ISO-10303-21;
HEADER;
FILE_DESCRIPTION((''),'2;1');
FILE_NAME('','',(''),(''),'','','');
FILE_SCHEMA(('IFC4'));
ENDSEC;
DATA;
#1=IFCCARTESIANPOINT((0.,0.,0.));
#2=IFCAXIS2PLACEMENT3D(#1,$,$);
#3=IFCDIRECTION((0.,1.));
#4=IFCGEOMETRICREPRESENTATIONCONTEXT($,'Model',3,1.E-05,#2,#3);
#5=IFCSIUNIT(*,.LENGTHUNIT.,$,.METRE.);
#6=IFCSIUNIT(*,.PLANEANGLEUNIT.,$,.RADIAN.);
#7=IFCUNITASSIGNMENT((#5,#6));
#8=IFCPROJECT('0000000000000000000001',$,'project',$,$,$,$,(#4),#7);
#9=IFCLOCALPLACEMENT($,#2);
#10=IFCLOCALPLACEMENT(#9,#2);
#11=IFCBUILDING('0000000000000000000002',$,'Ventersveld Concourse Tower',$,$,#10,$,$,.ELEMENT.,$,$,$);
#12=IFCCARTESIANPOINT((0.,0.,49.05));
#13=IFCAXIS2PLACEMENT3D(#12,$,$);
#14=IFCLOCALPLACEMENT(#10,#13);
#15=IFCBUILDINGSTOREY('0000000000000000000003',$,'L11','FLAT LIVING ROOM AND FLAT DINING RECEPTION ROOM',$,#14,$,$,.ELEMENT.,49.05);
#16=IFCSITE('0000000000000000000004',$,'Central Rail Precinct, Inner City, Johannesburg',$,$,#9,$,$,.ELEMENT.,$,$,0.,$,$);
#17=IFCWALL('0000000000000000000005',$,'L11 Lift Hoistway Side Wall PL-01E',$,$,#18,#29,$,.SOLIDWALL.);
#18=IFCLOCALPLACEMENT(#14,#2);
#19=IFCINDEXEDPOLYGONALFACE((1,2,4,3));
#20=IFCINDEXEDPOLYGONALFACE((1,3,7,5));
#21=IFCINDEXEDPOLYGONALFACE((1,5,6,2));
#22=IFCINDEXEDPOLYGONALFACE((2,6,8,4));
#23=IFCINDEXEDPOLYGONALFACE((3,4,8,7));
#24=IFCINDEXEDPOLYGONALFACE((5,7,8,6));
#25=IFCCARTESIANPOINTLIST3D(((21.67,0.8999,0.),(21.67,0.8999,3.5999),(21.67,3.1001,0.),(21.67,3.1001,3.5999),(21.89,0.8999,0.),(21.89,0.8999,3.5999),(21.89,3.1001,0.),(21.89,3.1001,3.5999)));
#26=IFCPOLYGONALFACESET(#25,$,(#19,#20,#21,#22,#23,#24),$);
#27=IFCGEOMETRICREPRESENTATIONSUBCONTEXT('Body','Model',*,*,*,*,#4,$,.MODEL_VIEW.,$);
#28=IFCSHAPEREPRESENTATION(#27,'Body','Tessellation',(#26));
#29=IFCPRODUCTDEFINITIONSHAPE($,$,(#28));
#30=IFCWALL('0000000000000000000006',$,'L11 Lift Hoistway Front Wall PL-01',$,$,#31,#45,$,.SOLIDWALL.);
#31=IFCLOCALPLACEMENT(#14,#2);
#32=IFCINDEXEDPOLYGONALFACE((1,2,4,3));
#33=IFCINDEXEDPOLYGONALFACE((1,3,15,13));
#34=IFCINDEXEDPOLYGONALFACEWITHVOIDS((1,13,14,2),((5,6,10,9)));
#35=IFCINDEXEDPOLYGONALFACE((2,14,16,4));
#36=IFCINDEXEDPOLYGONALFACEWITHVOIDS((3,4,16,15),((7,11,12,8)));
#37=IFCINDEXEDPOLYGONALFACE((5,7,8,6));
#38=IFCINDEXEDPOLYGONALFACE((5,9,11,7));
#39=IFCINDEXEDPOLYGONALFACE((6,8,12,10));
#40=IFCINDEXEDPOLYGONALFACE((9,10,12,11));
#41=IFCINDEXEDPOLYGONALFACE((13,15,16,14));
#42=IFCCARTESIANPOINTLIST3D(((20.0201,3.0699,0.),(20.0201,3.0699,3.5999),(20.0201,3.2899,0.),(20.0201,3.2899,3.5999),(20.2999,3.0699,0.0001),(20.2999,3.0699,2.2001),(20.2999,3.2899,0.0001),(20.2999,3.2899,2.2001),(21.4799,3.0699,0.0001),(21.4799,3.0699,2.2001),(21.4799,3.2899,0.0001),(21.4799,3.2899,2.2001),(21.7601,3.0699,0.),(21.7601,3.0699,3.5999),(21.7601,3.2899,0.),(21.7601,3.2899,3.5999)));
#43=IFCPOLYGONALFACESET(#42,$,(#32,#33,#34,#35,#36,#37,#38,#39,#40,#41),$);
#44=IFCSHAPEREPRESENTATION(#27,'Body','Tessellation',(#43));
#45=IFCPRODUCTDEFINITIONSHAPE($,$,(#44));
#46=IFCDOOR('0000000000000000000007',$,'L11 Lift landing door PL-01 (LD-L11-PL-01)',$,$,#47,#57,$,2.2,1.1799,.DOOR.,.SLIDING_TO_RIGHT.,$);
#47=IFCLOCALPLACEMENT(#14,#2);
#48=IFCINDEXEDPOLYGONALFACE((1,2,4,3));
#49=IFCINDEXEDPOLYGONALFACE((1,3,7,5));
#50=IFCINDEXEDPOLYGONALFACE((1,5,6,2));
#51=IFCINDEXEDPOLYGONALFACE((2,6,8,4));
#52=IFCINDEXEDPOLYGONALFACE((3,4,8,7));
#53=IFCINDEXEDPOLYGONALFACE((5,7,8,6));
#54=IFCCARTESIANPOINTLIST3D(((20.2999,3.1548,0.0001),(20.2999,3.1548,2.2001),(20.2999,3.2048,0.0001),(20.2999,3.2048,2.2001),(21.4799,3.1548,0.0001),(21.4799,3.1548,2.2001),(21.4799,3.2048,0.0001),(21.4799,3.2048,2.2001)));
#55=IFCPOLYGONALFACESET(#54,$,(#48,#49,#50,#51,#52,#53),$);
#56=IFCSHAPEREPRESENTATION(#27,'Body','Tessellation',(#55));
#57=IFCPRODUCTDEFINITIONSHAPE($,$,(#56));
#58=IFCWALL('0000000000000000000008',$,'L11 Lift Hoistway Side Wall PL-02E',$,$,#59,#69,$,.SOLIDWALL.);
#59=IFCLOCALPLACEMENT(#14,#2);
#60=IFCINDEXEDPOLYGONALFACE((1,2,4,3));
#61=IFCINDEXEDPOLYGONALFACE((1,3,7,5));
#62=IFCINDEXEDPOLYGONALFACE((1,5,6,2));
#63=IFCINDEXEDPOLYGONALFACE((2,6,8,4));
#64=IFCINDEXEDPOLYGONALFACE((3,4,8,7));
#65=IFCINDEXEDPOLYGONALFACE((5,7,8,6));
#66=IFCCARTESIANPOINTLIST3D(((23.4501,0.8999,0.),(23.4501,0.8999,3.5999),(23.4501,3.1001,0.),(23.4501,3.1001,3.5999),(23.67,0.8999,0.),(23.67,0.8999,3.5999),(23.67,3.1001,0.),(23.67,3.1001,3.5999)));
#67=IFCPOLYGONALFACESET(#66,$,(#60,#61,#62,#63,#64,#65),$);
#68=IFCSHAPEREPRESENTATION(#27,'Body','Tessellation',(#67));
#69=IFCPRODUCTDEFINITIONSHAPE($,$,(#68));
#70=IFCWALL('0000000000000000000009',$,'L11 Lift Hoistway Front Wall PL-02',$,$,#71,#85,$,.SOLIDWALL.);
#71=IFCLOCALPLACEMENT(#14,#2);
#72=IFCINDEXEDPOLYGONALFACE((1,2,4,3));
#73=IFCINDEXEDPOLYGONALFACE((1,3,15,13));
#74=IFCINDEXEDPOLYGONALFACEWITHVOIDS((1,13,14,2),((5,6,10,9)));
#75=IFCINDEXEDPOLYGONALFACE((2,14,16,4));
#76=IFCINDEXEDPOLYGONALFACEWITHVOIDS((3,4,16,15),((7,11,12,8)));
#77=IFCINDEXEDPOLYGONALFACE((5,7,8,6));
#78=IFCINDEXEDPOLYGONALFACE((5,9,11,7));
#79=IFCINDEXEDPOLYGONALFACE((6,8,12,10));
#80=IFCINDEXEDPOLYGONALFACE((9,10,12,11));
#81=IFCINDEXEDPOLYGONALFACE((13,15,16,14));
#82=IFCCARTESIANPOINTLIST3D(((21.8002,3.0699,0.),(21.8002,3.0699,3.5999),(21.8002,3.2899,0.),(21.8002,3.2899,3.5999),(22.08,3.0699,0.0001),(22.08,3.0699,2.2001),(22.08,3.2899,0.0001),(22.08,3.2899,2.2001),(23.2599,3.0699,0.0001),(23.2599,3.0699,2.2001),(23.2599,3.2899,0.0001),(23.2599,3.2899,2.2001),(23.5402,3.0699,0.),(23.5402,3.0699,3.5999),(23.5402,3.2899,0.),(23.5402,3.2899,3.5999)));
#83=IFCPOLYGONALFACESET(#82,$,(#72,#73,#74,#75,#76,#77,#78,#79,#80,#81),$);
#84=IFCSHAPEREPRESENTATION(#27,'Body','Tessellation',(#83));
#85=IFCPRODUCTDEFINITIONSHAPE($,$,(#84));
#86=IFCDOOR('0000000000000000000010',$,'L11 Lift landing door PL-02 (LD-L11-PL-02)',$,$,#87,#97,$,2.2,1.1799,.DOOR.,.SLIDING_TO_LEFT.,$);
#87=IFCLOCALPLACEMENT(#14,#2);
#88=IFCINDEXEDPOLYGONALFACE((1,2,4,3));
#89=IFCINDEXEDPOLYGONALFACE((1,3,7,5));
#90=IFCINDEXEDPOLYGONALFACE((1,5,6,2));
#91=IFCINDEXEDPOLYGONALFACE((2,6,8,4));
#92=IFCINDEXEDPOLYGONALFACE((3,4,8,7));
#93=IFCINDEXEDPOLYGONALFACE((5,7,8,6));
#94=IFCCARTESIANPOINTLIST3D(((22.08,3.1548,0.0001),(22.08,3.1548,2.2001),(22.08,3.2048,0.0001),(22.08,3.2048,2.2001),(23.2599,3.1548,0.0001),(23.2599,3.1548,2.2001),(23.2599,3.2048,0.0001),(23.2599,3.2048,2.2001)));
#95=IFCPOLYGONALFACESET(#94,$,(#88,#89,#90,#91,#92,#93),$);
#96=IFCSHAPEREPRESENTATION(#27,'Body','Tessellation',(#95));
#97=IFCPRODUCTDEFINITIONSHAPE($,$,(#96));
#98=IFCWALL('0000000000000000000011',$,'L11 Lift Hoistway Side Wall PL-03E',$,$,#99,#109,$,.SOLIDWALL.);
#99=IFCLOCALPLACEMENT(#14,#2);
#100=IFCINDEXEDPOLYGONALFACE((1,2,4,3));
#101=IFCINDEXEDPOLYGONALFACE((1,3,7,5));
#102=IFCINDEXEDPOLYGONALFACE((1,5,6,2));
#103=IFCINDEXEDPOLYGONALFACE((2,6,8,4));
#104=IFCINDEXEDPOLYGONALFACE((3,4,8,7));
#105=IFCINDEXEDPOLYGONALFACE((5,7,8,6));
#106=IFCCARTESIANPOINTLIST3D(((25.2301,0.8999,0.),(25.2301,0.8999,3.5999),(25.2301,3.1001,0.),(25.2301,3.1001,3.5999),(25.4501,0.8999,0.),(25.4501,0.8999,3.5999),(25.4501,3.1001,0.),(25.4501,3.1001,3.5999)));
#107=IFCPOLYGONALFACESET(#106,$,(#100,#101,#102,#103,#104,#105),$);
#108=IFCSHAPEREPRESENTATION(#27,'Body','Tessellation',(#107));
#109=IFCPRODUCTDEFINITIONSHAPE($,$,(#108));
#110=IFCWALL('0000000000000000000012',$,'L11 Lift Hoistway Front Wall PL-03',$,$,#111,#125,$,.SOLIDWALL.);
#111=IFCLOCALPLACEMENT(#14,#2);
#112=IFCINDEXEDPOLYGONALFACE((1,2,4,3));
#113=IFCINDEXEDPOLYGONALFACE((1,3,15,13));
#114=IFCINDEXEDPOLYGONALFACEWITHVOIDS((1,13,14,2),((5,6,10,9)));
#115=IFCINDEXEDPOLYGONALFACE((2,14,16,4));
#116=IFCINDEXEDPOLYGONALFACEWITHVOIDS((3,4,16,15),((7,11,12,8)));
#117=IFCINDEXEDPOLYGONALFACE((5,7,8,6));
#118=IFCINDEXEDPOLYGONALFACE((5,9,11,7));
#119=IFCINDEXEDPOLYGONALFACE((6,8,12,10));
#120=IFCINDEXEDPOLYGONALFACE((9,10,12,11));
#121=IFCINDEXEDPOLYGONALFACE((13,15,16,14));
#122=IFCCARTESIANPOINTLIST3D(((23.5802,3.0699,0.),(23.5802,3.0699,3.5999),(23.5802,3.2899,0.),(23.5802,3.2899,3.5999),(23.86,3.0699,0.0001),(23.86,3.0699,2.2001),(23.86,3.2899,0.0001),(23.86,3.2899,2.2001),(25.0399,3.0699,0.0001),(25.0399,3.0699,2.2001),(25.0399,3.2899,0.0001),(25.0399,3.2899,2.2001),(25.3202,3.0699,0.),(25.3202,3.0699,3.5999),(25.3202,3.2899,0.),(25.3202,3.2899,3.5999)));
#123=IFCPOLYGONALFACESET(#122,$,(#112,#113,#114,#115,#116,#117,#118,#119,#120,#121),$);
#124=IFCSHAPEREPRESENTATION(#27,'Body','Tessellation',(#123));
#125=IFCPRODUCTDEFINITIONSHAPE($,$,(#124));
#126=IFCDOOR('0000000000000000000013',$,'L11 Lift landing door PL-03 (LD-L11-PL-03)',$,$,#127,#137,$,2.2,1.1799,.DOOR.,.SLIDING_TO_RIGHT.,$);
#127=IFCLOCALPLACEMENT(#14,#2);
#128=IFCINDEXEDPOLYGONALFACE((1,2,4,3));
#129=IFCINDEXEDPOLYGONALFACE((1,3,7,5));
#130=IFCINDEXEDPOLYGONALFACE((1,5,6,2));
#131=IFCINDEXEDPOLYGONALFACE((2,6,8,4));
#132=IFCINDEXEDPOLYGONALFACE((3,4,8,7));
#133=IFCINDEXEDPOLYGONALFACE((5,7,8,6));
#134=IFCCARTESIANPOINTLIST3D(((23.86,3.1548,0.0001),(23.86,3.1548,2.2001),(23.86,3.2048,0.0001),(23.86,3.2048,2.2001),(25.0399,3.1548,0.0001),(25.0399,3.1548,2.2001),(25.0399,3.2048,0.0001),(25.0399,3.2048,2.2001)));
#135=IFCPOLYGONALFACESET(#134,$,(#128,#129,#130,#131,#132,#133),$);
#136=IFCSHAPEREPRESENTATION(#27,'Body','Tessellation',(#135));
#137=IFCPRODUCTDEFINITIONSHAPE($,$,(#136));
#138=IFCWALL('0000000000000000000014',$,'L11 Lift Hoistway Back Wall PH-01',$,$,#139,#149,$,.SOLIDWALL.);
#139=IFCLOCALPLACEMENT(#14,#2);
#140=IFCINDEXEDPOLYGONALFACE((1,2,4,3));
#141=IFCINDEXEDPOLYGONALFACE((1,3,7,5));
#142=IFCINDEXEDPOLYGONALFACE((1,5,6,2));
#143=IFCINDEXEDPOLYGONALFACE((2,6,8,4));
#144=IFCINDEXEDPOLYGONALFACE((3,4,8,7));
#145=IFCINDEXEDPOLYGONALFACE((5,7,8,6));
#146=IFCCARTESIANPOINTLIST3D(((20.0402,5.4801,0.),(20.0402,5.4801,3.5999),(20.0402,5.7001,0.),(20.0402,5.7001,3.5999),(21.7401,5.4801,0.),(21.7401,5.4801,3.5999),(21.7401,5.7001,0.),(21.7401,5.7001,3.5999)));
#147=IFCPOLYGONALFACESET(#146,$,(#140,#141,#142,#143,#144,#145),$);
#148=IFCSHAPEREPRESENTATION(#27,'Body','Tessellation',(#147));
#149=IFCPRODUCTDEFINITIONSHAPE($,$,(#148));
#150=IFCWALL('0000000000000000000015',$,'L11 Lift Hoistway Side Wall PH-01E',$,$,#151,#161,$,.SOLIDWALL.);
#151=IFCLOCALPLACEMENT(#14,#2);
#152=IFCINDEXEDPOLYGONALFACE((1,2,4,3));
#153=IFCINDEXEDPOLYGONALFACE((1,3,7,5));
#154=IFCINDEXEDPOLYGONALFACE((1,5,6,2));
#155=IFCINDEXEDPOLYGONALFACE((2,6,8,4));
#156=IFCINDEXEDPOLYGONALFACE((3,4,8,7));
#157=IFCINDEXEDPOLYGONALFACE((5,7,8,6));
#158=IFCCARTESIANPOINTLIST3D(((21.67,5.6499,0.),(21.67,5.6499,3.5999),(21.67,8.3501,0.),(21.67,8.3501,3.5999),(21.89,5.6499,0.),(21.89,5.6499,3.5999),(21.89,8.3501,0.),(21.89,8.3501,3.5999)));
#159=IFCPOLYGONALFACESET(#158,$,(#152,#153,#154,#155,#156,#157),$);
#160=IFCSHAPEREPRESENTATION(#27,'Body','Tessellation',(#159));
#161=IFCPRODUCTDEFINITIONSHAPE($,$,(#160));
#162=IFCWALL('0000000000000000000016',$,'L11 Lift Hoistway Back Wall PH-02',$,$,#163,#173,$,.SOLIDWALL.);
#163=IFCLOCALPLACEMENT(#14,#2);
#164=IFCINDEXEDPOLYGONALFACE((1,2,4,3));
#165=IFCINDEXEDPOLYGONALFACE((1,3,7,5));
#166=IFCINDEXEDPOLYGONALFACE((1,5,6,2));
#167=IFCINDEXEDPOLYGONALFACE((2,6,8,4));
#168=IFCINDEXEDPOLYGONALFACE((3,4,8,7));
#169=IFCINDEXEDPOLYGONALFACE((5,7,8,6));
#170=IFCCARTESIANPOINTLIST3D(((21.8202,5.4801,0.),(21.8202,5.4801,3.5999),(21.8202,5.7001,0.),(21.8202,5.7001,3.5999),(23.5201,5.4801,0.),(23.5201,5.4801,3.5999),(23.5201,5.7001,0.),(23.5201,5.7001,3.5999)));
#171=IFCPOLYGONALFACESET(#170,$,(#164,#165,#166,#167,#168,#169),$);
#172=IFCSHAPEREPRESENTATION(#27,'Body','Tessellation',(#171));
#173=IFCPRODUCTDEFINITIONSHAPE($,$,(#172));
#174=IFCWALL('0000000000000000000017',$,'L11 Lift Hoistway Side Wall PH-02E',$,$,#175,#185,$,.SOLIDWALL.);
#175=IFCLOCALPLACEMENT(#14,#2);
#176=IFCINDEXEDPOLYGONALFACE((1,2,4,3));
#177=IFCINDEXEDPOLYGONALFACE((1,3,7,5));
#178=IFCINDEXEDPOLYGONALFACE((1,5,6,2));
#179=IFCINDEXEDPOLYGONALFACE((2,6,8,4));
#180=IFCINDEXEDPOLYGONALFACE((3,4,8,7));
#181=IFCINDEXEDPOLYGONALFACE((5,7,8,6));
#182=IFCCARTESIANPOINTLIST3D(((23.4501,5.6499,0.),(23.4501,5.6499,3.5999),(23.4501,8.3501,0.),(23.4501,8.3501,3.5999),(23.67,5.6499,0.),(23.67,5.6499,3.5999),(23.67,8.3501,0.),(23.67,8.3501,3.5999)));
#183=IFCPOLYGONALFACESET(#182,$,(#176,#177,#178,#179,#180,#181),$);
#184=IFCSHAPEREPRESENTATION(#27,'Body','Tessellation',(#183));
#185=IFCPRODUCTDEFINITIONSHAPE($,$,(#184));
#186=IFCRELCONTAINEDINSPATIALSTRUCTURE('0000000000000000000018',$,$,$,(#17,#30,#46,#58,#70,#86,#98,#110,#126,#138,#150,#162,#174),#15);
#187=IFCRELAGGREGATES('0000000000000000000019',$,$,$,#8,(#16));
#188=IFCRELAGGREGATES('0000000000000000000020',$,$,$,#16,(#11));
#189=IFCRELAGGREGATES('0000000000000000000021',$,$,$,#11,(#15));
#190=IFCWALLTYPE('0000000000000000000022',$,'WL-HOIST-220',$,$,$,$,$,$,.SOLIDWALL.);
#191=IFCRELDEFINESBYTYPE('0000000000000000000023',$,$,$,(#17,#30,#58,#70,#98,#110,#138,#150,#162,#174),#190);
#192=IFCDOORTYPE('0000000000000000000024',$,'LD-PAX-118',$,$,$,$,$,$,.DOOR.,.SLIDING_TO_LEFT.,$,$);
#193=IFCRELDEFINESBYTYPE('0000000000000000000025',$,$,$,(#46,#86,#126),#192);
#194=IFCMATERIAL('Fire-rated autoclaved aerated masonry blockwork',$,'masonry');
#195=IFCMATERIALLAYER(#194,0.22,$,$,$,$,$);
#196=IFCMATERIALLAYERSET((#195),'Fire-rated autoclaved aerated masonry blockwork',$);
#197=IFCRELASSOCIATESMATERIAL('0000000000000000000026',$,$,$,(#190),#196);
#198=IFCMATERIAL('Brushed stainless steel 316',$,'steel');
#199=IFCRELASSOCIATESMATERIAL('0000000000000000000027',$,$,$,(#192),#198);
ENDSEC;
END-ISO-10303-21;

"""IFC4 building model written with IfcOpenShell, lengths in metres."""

from ifc_helpers import new_model, si_unit, direction, frame, frame_2d, origin, place, context, subcontext, project, spatial, rectangle, extrude, material, layer, layer_set, type_object, element, fill, save


model = new_model("IFC4")

# Units and contexts
model_context = context("Model", 3, precision=1e-05, world=origin(), true_north=direction((0.0, 1.0)))
body_context = subcontext(model_context, "Body", "Model", "MODEL_VIEW")
ifc_project = project(units=[si_unit("LENGTHUNIT", "METRE"), si_unit("PLANEANGLEUNIT", "RADIAN")], contexts=[model_context])

# Site, building, storey
site_placement = place(None, origin())
site = spatial("IfcSite", under=ifc_project, at=site_placement, Name="Central Rail Precinct, Inner City, Johannesburg", CompositionType="ELEMENT", RefElevation=0.0)
building_placement = place(site_placement, origin())
building = spatial("IfcBuilding", under=site, at=building_placement, Name="Ventersveld Concourse Tower", CompositionType="ELEMENT")
storey_placement = place(building_placement, frame((0.0, 0.0, 49.05)))
storey = spatial("IfcBuildingStorey", under=building, at=storey_placement, Name="L11", Description="FLAT LIVING ROOM AND FLAT DINING RECEPTION ROOM", CompositionType="ELEMENT", Elevation=49.05)

# Wall
ifc_material_1 = material(Name="Fire-rated autoclaved aerated masonry blockwork", Category="masonry")
ifc_layer_1 = layer(ifc_material_1, 0.22)
ifc_layer_set_1 = layer_set([ifc_layer_1], Name="Fire-rated autoclaved aerated masonry blockwork")
wall_type_1 = type_object("IfcWallType", Name="WL-HOIST-220", PredefinedType="SOLIDWALL", material=ifc_layer_set_1)
wall_1_placement = place(storey_placement, frame((21.78, 0.8999, 0.0), z_axis=(0.0, 0.0, 1.0), x_axis=(0.0, 1.0, 0.0)))
element("IfcWall", 1, at=wall_1_placement, inside=storey, type_object=wall_type_1, Name="L11 Lift Hoistway Side Wall PL-01E", PredefinedType="SOLIDWALL", context=body_context, shape_type="SweptSolid", body=[
    extrude(rectangle(XDim=2.2002, YDim=0.22, at=frame_2d((1.1001, 0.0))), origin(), (0.0, 0.0, 1.0), 3.5999),
])

# Wall, opening, door
wall_2_placement = place(storey_placement, frame((20.02, 3.1799, 0.0), z_axis=(0.0, 0.0, 1.0), x_axis=(1.0, 0.0, 0.0)))
wall_2 = element("IfcWall", 2, at=wall_2_placement, inside=storey, type_object=wall_type_1, Name="L11 Lift Hoistway Front Wall PL-01", PredefinedType="SOLIDWALL", context=body_context, shape_type="SweptSolid", body=[
    extrude(rectangle(XDim=1.74, YDim=0.22, at=frame_2d((0.8701, 0.0))), origin(), (0.0, 0.0, 1.0), 3.5999),
])
opening_1_placement = place(wall_2_placement, frame((0.28, 0.0, 0.0)))
opening_1 = element("IfcOpeningElement", 3, at=opening_1_placement, cuts=wall_2, PredefinedType="OPENING", context=body_context, shape_type="SweptSolid", body=[
    extrude(rectangle(XDim=1.1799, YDim=2.2, at=frame_2d((0.5898, 1.1001))), frame((0.0, 0.1201, 0.0), z_axis=(0.0, -1.0, 0.0), x_axis=(1.0, 0.0, 0.0)), (0.0, 0.0, 1.0), 0.24),
])
ifc_material_2 = material(Name="Brushed stainless steel 316", Category="steel")
door_type = type_object("IfcDoorType", Name="LD-PAX-118", OperationType="SLIDING_TO_LEFT", PredefinedType="DOOR", material=ifc_material_2)
door_1_placement = place(opening_1_placement, origin())
door_1 = element("IfcDoor", 4, at=door_1_placement, inside=storey, type_object=door_type, Name="L11 Lift landing door PL-01 (LD-L11-PL-01)", OperationType="SLIDING_TO_RIGHT", OverallHeight=2.2, OverallWidth=1.1799, PredefinedType="DOOR", context=body_context, shape_type="SweptSolid", body=[
    extrude(rectangle(XDim=1.1799, YDim=2.2, at=frame_2d((0.5898, 1.1001))), frame((0.0, 0.0249, 0.0), z_axis=(0.0, -1.0, 0.0), x_axis=(1.0, 0.0, 0.0)), (0.0, 0.0, 1.0), 0.05),
])
fill(opening_1, door_1)

# Wall
wall_3_placement = place(storey_placement, frame((23.5601, 0.8999, 0.0), z_axis=(0.0, 0.0, 1.0), x_axis=(0.0, 1.0, 0.0)))
element("IfcWall", 5, at=wall_3_placement, inside=storey, type_object=wall_type_1, Name="L11 Lift Hoistway Side Wall PL-02E", PredefinedType="SOLIDWALL", context=body_context, shape_type="SweptSolid", body=[
    extrude(rectangle(XDim=2.2002, YDim=0.22, at=frame_2d((1.1001, 0.0))), origin(), (0.0, 0.0, 1.0), 3.5999),
])

# Wall, opening, door
wall_4_placement = place(storey_placement, frame((21.8, 3.1799, 0.0), z_axis=(0.0, 0.0, 1.0), x_axis=(1.0, 0.0, 0.0)))
wall_4 = element("IfcWall", 6, at=wall_4_placement, inside=storey, type_object=wall_type_1, Name="L11 Lift Hoistway Front Wall PL-02", PredefinedType="SOLIDWALL", context=body_context, shape_type="SweptSolid", body=[
    extrude(rectangle(XDim=1.74, YDim=0.22, at=frame_2d((0.8701, 0.0))), origin(), (0.0, 0.0, 1.0), 3.5999),
])
opening_2_placement = place(wall_4_placement, frame((0.28, 0.0, 0.0)))
opening_2 = element("IfcOpeningElement", 7, at=opening_2_placement, cuts=wall_4, PredefinedType="OPENING", context=body_context, shape_type="SweptSolid", body=[
    extrude(rectangle(XDim=1.1799, YDim=2.2, at=frame_2d((0.5898, 1.1001))), frame((0.0, 0.1201, 0.0), z_axis=(0.0, -1.0, 0.0), x_axis=(1.0, 0.0, 0.0)), (0.0, 0.0, 1.0), 0.24),
])
door_2_placement = place(opening_2_placement, origin())
door_2 = element("IfcDoor", 8, at=door_2_placement, inside=storey, type_object=door_type, Name="L11 Lift landing door PL-02 (LD-L11-PL-02)", OperationType="SLIDING_TO_LEFT", OverallHeight=2.2, OverallWidth=1.1799, PredefinedType="DOOR", context=body_context, shape_type="SweptSolid", body=[
    extrude(rectangle(XDim=1.1799, YDim=2.2, at=frame_2d((0.5898, 1.1001))), frame((0.0, 0.0249, 0.0), z_axis=(0.0, -1.0, 0.0), x_axis=(1.0, 0.0, 0.0)), (0.0, 0.0, 1.0), 0.05),
])
fill(opening_2, door_2)

# Wall
wall_5_placement = place(storey_placement, frame((25.3401, 0.8999, 0.0), z_axis=(0.0, 0.0, 1.0), x_axis=(0.0, 1.0, 0.0)))
element("IfcWall", 9, at=wall_5_placement, inside=storey, type_object=wall_type_1, Name="L11 Lift Hoistway Side Wall PL-03E", PredefinedType="SOLIDWALL", context=body_context, shape_type="SweptSolid", body=[
    extrude(rectangle(XDim=2.2002, YDim=0.22, at=frame_2d((1.1001, 0.0))), origin(), (0.0, 0.0, 1.0), 3.5999),
])

# Wall, opening, door
wall_6_placement = place(storey_placement, frame((23.5801, 3.1799, 0.0), z_axis=(0.0, 0.0, 1.0), x_axis=(1.0, 0.0, 0.0)))
wall_6 = element("IfcWall", 10, at=wall_6_placement, inside=storey, type_object=wall_type_1, Name="L11 Lift Hoistway Front Wall PL-03", PredefinedType="SOLIDWALL", context=body_context, shape_type="SweptSolid", body=[
    extrude(rectangle(XDim=1.74, YDim=0.22, at=frame_2d((0.8701, 0.0))), origin(), (0.0, 0.0, 1.0), 3.5999),
])
opening_3_placement = place(wall_6_placement, frame((0.28, 0.0, 0.0)))
opening_3 = element("IfcOpeningElement", 11, at=opening_3_placement, cuts=wall_6, PredefinedType="OPENING", context=body_context, shape_type="SweptSolid", body=[
    extrude(rectangle(XDim=1.1799, YDim=2.2, at=frame_2d((0.5898, 1.1001))), frame((0.0, 0.1201, 0.0), z_axis=(0.0, -1.0, 0.0), x_axis=(1.0, 0.0, 0.0)), (0.0, 0.0, 1.0), 0.24),
])
door_3_placement = place(opening_3_placement, origin())
door_3 = element("IfcDoor", 12, at=door_3_placement, inside=storey, type_object=door_type, Name="L11 Lift landing door PL-03 (LD-L11-PL-03)", OperationType="SLIDING_TO_RIGHT", OverallHeight=2.2, OverallWidth=1.1799, PredefinedType="DOOR", context=body_context, shape_type="SweptSolid", body=[
    extrude(rectangle(XDim=1.1799, YDim=2.2, at=frame_2d((0.5898, 1.1001))), frame((0.0, 0.0249, 0.0), z_axis=(0.0, -1.0, 0.0), x_axis=(1.0, 0.0, 0.0)), (0.0, 0.0, 1.0), 0.05),
])
fill(opening_3, door_3)

# Walls
wall_7_placement = place(storey_placement, frame((20.04, 5.5901, 0.0), z_axis=(0.0, 0.0, 1.0), x_axis=(1.0, 0.0, 0.0)))
element("IfcWall", 13, at=wall_7_placement, inside=storey, type_object=wall_type_1, Name="L11 Lift Hoistway Back Wall PH-01", PredefinedType="SOLIDWALL", context=body_context, shape_type="SweptSolid", body=[
    extrude(rectangle(XDim=1.7, YDim=0.22, at=frame_2d((0.8501, 0.0))), origin(), (0.0, 0.0, 1.0), 3.5999),
])
wall_8_placement = place(storey_placement, frame((21.78, 5.6499, 0.0), z_axis=(0.0, 0.0, 1.0), x_axis=(0.0, 1.0, 0.0)))
element("IfcWall", 14, at=wall_8_placement, inside=storey, type_object=wall_type_1, Name="L11 Lift Hoistway Side Wall PH-01E", PredefinedType="SOLIDWALL", context=body_context, shape_type="SweptSolid", body=[
    extrude(rectangle(XDim=2.7002, YDim=0.22, at=frame_2d((1.3501, 0.0))), origin(), (0.0, 0.0, 1.0), 3.5999),
])
wall_9_placement = place(storey_placement, frame((21.8201, 5.5901, 0.0), z_axis=(0.0, 0.0, 1.0), x_axis=(1.0, 0.0, 0.0)))
element("IfcWall", 15, at=wall_9_placement, inside=storey, type_object=wall_type_1, Name="L11 Lift Hoistway Back Wall PH-02", PredefinedType="SOLIDWALL", context=body_context, shape_type="SweptSolid", body=[
    extrude(rectangle(XDim=1.7, YDim=0.22, at=frame_2d((0.8501, 0.0))), origin(), (0.0, 0.0, 1.0), 3.5999),
])
wall_10_placement = place(storey_placement, frame((23.5601, 5.6499, 0.0), z_axis=(0.0, 0.0, 1.0), x_axis=(0.0, 1.0, 0.0)))
element("IfcWall", 16, at=wall_10_placement, inside=storey, type_object=wall_type_1, Name="L11 Lift Hoistway Side Wall PH-02E", PredefinedType="SOLIDWALL", context=body_context, shape_type="SweptSolid", body=[
    extrude(rectangle(XDim=2.7002, YDim=0.22, at=frame_2d((1.3501, 0.0))), origin(), (0.0, 0.0, 1.0), 3.5999),
])

save(model, "model.ifc")
